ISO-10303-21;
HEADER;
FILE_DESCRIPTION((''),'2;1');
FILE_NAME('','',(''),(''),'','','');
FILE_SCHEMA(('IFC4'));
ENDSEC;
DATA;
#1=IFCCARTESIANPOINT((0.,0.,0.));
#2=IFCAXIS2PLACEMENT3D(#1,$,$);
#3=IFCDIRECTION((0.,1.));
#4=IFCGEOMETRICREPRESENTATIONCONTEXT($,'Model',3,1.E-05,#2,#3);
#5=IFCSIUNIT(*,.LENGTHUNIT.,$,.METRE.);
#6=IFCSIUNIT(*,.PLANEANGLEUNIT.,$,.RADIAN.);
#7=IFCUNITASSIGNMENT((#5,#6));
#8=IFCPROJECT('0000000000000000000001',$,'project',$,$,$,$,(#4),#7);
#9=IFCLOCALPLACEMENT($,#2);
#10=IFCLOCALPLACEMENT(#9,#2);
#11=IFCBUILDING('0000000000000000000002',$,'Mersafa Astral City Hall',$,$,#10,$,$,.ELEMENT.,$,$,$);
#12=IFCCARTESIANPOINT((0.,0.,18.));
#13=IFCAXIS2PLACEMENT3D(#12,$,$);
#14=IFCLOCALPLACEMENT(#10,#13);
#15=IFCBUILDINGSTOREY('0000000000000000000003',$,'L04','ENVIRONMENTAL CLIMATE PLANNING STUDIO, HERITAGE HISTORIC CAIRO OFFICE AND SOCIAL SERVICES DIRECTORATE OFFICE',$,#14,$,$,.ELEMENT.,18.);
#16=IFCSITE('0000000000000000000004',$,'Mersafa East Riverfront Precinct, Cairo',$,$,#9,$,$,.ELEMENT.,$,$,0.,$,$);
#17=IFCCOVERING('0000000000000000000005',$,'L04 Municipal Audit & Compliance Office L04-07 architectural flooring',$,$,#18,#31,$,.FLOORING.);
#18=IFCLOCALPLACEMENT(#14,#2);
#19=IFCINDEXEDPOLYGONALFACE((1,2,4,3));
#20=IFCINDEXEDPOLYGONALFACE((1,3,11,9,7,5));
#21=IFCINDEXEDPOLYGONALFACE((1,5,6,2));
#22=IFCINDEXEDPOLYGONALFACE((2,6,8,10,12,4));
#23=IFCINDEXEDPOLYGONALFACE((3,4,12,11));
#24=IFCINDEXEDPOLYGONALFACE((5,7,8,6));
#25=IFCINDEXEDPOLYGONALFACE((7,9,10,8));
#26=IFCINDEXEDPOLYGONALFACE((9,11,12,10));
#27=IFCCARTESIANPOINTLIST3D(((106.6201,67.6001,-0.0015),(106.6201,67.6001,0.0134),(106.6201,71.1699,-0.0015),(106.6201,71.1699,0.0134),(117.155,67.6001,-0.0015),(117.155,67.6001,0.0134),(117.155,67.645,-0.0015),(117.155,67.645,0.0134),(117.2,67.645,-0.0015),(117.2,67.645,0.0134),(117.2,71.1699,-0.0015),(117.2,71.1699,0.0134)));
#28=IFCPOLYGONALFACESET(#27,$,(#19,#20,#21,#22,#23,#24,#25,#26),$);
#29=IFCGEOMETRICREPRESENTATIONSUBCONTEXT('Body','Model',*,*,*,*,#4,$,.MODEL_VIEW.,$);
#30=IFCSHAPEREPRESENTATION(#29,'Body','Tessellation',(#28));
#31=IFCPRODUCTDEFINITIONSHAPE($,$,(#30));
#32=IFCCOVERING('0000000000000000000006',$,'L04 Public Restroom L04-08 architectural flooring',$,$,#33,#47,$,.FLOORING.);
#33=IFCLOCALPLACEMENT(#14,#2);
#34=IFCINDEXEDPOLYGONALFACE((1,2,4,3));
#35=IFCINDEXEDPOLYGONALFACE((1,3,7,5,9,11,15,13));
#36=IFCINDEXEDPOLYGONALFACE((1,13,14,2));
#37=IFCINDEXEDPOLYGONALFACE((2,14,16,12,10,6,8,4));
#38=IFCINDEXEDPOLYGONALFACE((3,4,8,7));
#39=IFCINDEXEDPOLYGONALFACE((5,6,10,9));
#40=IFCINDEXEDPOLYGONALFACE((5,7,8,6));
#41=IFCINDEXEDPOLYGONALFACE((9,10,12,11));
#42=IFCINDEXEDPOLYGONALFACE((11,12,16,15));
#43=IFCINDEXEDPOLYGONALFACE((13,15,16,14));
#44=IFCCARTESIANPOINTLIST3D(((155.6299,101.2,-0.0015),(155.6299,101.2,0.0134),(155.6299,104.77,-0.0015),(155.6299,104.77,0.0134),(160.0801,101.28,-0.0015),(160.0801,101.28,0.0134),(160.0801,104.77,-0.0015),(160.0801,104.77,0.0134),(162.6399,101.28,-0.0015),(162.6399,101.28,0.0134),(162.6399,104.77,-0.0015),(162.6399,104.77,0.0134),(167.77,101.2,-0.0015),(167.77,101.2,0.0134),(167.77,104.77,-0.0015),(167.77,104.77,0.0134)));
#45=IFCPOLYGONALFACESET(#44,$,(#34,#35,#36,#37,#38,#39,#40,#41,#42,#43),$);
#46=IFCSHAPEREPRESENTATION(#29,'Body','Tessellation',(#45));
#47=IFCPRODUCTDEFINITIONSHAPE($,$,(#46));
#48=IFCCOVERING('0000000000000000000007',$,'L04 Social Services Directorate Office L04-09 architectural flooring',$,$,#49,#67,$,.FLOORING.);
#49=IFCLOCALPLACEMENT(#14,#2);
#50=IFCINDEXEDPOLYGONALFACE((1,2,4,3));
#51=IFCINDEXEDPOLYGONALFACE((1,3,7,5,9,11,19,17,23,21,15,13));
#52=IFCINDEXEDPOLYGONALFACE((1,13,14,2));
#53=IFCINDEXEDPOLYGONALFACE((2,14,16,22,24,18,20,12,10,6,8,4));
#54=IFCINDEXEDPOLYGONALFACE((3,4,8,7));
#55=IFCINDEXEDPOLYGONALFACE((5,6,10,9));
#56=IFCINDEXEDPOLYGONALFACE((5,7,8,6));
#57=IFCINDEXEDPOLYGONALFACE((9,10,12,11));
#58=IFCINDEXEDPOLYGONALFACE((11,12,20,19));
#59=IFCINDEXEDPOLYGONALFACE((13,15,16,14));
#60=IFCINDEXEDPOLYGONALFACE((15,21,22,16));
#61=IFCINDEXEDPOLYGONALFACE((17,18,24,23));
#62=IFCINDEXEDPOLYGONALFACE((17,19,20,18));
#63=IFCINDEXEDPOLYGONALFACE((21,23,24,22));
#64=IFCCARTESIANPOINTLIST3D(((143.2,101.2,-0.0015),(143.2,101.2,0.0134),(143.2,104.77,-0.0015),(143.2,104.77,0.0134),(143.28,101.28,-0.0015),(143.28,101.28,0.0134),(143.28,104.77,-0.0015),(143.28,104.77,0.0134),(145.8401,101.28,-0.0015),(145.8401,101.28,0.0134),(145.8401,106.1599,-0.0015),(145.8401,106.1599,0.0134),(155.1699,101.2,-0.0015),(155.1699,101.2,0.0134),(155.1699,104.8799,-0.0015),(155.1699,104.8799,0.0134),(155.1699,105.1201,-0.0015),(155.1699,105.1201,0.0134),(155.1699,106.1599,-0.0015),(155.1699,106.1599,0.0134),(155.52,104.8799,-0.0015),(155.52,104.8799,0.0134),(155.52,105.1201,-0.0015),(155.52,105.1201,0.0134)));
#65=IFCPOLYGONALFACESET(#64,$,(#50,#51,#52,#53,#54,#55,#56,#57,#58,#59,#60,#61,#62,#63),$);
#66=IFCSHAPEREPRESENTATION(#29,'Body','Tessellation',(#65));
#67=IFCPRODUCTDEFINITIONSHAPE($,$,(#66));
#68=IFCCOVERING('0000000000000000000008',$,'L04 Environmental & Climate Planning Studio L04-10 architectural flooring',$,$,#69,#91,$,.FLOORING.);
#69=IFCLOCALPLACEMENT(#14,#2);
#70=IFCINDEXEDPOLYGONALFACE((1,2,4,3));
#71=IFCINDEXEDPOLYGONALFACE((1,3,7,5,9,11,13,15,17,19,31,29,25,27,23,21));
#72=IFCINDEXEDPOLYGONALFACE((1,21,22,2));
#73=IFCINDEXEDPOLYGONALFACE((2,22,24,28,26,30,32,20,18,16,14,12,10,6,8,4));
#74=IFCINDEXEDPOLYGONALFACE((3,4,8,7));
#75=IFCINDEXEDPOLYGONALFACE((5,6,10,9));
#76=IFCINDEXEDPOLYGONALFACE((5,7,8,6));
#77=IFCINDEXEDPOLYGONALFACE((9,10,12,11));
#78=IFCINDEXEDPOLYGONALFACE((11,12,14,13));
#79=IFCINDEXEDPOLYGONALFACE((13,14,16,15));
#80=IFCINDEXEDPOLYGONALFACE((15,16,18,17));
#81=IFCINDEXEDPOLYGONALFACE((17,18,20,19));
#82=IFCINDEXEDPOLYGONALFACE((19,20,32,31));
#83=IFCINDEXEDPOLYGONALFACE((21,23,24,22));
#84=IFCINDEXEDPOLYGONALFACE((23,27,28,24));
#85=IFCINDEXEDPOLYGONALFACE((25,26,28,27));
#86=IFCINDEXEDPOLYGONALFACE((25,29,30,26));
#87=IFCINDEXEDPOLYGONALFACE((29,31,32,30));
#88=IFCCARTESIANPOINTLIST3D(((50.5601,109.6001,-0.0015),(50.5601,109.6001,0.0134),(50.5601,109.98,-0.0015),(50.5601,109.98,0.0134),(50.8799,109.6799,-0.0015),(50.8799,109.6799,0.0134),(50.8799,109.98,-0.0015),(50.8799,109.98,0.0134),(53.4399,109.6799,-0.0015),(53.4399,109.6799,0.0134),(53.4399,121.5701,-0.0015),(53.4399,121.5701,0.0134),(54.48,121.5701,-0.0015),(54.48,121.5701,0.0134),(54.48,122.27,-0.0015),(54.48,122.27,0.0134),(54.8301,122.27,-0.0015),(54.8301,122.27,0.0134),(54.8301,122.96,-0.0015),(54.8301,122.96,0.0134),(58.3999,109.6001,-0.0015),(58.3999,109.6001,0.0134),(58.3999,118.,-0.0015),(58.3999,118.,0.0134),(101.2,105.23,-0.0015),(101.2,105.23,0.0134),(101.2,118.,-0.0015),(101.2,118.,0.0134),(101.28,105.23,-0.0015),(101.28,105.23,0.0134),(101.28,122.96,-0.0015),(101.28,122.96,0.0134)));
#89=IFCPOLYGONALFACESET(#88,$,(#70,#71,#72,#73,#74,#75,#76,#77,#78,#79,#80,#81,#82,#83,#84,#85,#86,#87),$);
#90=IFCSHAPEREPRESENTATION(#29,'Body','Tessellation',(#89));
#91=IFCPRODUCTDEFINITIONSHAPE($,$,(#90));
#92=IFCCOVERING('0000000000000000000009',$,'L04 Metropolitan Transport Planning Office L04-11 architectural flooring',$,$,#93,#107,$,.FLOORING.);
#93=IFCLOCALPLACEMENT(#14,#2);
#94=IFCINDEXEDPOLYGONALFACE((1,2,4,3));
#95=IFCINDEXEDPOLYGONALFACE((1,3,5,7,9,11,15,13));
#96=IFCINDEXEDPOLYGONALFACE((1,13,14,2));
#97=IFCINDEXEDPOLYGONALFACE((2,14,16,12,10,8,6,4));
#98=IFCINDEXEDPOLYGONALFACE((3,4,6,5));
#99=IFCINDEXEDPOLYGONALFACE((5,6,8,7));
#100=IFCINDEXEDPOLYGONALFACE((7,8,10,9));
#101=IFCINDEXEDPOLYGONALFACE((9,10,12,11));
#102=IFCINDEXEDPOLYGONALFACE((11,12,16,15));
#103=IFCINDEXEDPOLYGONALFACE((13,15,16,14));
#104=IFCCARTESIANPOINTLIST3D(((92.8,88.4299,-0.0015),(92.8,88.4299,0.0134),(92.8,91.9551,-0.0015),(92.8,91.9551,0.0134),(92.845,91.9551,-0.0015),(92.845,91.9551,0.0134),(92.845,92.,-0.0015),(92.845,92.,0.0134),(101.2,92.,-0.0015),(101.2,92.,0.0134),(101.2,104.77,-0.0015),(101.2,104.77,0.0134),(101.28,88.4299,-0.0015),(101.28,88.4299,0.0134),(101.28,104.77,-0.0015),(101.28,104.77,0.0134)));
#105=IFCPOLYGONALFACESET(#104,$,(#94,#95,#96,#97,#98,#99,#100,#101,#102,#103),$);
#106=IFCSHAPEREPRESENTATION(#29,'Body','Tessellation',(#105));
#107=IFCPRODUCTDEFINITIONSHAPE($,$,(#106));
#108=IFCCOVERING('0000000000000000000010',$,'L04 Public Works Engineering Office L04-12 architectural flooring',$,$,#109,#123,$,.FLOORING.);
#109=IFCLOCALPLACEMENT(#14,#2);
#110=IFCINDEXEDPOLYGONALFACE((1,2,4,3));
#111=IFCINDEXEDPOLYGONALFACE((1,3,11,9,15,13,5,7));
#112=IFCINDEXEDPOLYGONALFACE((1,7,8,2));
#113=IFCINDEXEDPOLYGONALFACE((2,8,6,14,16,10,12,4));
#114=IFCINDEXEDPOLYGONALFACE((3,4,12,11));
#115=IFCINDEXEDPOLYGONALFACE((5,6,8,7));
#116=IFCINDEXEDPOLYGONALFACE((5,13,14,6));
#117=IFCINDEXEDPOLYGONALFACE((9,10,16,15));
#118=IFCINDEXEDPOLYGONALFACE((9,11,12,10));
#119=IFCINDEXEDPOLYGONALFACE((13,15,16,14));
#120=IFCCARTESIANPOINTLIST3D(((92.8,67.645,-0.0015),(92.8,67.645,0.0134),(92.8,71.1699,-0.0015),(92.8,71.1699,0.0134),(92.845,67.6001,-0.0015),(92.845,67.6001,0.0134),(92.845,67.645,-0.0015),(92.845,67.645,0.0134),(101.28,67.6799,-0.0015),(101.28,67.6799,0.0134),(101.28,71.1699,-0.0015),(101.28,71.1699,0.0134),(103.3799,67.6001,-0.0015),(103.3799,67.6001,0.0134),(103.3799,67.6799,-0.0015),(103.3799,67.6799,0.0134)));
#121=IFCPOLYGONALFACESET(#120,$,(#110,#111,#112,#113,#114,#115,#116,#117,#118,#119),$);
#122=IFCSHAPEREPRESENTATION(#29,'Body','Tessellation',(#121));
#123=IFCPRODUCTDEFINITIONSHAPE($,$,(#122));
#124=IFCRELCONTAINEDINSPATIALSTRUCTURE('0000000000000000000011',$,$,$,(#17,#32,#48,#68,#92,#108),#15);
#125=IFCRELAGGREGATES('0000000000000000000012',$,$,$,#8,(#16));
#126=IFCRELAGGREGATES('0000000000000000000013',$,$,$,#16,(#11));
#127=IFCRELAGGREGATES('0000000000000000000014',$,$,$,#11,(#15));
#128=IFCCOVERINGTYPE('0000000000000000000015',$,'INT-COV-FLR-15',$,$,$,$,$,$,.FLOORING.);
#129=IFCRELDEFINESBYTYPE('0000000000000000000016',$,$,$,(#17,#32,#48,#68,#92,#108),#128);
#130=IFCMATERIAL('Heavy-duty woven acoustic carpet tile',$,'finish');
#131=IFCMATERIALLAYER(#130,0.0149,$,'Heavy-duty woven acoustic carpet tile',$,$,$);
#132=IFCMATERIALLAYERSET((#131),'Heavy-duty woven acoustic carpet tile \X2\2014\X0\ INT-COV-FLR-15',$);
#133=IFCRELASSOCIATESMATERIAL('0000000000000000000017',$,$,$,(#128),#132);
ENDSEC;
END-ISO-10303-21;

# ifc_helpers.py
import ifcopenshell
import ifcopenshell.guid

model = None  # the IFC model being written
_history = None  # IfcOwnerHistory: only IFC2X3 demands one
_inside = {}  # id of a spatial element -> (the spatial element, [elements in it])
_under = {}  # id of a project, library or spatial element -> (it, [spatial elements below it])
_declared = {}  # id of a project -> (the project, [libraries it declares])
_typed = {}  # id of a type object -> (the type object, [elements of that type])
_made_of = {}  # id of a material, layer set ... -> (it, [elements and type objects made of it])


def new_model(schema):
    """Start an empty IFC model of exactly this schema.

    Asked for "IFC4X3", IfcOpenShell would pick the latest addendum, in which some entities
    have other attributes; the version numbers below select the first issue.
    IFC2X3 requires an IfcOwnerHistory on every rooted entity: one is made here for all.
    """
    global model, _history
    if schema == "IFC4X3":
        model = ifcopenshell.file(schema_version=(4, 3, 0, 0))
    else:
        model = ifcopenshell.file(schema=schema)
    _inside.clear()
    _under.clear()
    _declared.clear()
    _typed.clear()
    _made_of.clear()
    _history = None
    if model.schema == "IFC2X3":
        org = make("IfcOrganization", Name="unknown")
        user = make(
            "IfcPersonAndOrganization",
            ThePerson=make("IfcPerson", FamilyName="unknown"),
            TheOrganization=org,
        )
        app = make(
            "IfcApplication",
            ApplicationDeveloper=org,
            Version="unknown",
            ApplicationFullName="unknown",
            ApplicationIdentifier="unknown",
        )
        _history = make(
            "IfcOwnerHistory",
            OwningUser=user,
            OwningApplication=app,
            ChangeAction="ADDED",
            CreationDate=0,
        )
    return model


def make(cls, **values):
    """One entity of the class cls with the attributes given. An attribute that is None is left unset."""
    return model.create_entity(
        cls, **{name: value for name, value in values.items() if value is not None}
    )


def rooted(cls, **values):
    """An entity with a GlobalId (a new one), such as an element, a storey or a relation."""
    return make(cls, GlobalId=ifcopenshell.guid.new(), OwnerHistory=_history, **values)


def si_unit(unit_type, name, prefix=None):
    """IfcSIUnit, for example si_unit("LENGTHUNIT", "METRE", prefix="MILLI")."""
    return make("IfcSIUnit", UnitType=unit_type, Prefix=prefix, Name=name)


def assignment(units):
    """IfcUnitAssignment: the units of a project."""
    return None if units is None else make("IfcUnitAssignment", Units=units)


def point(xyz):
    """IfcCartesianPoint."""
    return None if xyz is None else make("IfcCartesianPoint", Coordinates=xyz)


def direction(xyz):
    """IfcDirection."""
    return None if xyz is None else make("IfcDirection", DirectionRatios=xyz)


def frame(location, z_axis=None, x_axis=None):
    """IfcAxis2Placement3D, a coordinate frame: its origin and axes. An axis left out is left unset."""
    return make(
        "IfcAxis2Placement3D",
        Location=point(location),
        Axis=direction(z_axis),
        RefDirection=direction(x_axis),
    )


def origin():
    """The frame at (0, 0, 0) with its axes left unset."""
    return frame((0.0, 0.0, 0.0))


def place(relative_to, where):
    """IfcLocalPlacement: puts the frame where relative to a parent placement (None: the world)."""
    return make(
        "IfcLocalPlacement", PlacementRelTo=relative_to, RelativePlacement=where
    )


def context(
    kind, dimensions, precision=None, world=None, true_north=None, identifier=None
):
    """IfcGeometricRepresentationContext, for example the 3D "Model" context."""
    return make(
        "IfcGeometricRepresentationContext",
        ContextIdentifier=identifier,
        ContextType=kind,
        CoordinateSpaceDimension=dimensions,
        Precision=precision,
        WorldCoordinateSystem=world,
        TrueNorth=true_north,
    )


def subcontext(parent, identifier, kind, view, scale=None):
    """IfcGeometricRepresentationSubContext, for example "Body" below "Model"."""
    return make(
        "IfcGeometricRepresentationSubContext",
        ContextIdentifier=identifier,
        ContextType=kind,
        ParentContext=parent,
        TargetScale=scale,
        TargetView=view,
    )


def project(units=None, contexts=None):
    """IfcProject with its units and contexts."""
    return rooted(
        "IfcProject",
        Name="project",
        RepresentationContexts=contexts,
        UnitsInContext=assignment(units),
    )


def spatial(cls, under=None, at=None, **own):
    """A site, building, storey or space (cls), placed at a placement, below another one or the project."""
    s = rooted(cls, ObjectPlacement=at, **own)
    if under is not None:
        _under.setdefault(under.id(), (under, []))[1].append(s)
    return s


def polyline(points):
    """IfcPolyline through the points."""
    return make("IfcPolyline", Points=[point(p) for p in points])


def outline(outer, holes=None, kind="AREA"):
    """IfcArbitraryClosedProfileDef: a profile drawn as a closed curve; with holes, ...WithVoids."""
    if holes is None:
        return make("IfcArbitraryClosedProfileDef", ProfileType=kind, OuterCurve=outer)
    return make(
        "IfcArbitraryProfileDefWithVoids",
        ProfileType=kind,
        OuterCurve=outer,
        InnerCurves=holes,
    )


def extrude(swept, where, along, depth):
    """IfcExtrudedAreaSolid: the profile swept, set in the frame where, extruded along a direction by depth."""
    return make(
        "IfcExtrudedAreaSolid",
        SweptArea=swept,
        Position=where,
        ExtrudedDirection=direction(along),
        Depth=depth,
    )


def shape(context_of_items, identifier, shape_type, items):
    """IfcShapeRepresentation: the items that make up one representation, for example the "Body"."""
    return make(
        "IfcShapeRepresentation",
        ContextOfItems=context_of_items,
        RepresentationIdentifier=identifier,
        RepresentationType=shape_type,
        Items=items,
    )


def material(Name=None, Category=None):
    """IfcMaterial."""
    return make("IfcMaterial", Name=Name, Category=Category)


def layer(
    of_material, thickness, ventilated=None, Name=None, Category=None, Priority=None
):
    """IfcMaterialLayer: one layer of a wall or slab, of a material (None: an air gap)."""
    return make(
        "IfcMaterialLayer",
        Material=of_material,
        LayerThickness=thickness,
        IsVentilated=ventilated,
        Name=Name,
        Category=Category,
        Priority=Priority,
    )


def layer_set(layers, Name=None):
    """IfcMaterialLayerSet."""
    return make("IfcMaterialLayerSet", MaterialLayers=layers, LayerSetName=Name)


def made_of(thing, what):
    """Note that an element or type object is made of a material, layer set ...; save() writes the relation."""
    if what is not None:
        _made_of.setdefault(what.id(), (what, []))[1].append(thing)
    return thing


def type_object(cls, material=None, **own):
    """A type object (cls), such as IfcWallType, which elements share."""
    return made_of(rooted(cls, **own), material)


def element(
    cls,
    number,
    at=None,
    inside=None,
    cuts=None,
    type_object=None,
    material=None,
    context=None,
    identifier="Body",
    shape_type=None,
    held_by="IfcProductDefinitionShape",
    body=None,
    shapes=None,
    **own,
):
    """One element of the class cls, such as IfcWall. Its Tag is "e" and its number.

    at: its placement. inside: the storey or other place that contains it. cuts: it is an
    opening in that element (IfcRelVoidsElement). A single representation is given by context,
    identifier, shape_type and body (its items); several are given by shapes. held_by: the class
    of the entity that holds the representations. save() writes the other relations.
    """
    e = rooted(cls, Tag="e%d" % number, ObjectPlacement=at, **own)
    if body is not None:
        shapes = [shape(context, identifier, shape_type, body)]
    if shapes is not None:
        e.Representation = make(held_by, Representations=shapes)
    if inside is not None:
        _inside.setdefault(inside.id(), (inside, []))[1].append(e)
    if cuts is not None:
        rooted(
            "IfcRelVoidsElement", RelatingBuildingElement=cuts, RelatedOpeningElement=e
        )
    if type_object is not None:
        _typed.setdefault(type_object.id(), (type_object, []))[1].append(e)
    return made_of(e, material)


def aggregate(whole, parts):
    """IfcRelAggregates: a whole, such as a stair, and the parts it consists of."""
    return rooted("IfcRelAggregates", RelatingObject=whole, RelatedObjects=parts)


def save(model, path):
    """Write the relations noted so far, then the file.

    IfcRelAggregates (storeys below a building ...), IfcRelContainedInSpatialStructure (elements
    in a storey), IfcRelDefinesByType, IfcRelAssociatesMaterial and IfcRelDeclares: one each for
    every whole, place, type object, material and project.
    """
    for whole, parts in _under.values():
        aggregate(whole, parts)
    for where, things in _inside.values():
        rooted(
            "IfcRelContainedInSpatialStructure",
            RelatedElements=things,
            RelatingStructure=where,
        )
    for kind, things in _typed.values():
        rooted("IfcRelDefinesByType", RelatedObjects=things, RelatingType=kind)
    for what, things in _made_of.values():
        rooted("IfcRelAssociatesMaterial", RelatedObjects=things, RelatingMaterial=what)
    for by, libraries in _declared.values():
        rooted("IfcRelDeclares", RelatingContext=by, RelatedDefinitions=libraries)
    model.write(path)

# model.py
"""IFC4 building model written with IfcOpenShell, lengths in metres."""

from ifc_helpers import new_model, si_unit, direction, frame, origin, place, context, subcontext, project, spatial, polyline, outline, extrude, material, layer, layer_set, type_object, element, save


model = new_model("IFC4")

# Units and contexts
model_context = context("Model", 3, precision=1e-05, world=origin(), true_north=direction((0.0, 1.0)))
body_context = subcontext(model_context, "Body", "Model", "MODEL_VIEW")
ifc_project = project(units=[si_unit("LENGTHUNIT", "METRE"), si_unit("PLANEANGLEUNIT", "RADIAN")], contexts=[model_context])

# Site, building, storey
site_placement = place(None, origin())
site = spatial("IfcSite", under=ifc_project, at=site_placement, Name="Mersafa East Riverfront Precinct, Cairo", CompositionType="ELEMENT", RefElevation=0.0)
building_placement = place(site_placement, origin())
building = spatial("IfcBuilding", under=site, at=building_placement, Name="Mersafa Astral City Hall", CompositionType="ELEMENT")
storey_placement = place(building_placement, frame((0.0, 0.0, 18.0)))
storey = spatial("IfcBuildingStorey", under=building, at=storey_placement, Name="L04", Description="ENVIRONMENTAL CLIMATE PLANNING STUDIO, HERITAGE HISTORIC CAIRO OFFICE AND SOCIAL SERVICES DIRECTORATE OFFICE", CompositionType="ELEMENT", Elevation=18.0)

# Coverings
ifc_material_1 = material(Name="Heavy-duty woven acoustic carpet tile", Category="finish")
ifc_layer_1 = layer(ifc_material_1, 0.0149, Name="Heavy-duty woven acoustic carpet tile")
ifc_layer_set_1 = layer_set([ifc_layer_1], Name="Heavy-duty woven acoustic carpet tile — INT-COV-FLR-15")
covering_type_1 = type_object("IfcCoveringType", Name="INT-COV-FLR-15", PredefinedType="FLOORING", material=ifc_layer_set_1)
covering_1_placement = place(storey_placement, frame((0.0, 0.0, -0.0015)))
element("IfcCovering", 1, at=covering_1_placement, inside=storey, type_object=covering_type_1, Name="L04 Municipal Audit & Compliance Office L04-07 architectural flooring", PredefinedType="FLOORING", context=body_context, shape_type="SweptSolid", body=[
    extrude(outline(polyline([(106.6201, 71.1699), (117.2, 71.1699), (117.2, 67.645), (117.155, 67.645), (117.155, 67.6001), (106.6201, 67.6001), (106.6201, 71.1699)])), origin(), (0.0, 0.0, 1.0), 0.0149),
])
covering_2_placement = place(storey_placement, frame((0.0, 0.0, -0.0015)))
element("IfcCovering", 2, at=covering_2_placement, inside=storey, type_object=covering_type_1, Name="L04 Public Restroom L04-08 architectural flooring", PredefinedType="FLOORING", context=body_context, shape_type="SweptSolid", body=[
    extrude(outline(polyline([(160.0801, 104.77), (160.0801, 101.28), (162.6399, 101.28), (162.6399, 104.77), (167.77, 104.77), (167.77, 101.2), (155.6299, 101.2), (155.6299, 104.77), (160.0801, 104.77)])), origin(), (0.0, 0.0, 1.0), 0.0149),
])
covering_3_placement = place(storey_placement, frame((0.0, 0.0, -0.0015)))
element("IfcCovering", 3, at=covering_3_placement, inside=storey, type_object=covering_type_1, Name="L04 Social Services Directorate Office L04-09 architectural flooring", PredefinedType="FLOORING", context=body_context, shape_type="SweptSolid", body=[
    extrude(outline(polyline([(145.8401, 101.28), (145.8401, 106.1599), (155.1699, 106.1599), (155.1699, 105.1201), (155.52, 105.1201), (155.52, 104.8799), (155.1699, 104.8799), (155.1699, 101.2), (143.2, 101.2), (143.2, 104.77), (143.28, 104.77), (143.28, 101.28), (145.8401, 101.28)])), origin(), (0.0, 0.0, 1.0), 0.0149),
])
covering_4_placement = place(storey_placement, frame((0.0, 0.0, -0.0015)))
element("IfcCovering", 4, at=covering_4_placement, inside=storey, type_object=covering_type_1, Name="L04 Environmental & Climate Planning Studio L04-10 architectural flooring", PredefinedType="FLOORING", context=body_context, shape_type="SweptSolid", body=[
    extrude(outline(polyline([(58.3999, 118.0), (58.3999, 109.6001), (50.5601, 109.6001), (50.5601, 109.98), (50.8799, 109.98), (50.8799, 109.6799), (53.4399, 109.6799), (53.4399, 121.5701), (54.48, 121.5701), (54.48, 122.27), (54.8301, 122.27), (54.8301, 122.96), (101.28, 122.96), (101.28, 105.23), (101.2, 105.23), (101.2, 118.0), (58.3999, 118.0)])), origin(), (0.0, 0.0, 1.0), 0.0149),
])
covering_5_placement = place(storey_placement, frame((0.0, 0.0, -0.0015)))
element("IfcCovering", 5, at=covering_5_placement, inside=storey, type_object=covering_type_1, Name="L04 Metropolitan Transport Planning Office L04-11 architectural flooring", PredefinedType="FLOORING", context=body_context, shape_type="SweptSolid", body=[
    extrude(outline(polyline([(92.845, 91.9551), (92.845, 92.0), (101.2, 92.0), (101.2, 104.77), (101.28, 104.77), (101.28, 88.4299), (92.8, 88.4299), (92.8, 91.9551), (92.845, 91.9551)])), origin(), (0.0, 0.0, 1.0), 0.0149),
])
covering_6_placement = place(storey_placement, frame((0.0, 0.0, -0.0015)))
element("IfcCovering", 6, at=covering_6_placement, inside=storey, type_object=covering_type_1, Name="L04 Public Works Engineering Office L04-12 architectural flooring", PredefinedType="FLOORING", context=body_context, shape_type="SweptSolid", body=[
    extrude(outline(polyline([(92.8, 71.1699), (101.28, 71.1699), (101.28, 67.6799), (103.3799, 67.6799), (103.3799, 67.6001), (92.845, 67.6001), (92.845, 67.645), (92.8, 67.645), (92.8, 71.1699)])), origin(), (0.0, 0.0, 1.0), 0.0149),
])

save(model, "model.ifc")
